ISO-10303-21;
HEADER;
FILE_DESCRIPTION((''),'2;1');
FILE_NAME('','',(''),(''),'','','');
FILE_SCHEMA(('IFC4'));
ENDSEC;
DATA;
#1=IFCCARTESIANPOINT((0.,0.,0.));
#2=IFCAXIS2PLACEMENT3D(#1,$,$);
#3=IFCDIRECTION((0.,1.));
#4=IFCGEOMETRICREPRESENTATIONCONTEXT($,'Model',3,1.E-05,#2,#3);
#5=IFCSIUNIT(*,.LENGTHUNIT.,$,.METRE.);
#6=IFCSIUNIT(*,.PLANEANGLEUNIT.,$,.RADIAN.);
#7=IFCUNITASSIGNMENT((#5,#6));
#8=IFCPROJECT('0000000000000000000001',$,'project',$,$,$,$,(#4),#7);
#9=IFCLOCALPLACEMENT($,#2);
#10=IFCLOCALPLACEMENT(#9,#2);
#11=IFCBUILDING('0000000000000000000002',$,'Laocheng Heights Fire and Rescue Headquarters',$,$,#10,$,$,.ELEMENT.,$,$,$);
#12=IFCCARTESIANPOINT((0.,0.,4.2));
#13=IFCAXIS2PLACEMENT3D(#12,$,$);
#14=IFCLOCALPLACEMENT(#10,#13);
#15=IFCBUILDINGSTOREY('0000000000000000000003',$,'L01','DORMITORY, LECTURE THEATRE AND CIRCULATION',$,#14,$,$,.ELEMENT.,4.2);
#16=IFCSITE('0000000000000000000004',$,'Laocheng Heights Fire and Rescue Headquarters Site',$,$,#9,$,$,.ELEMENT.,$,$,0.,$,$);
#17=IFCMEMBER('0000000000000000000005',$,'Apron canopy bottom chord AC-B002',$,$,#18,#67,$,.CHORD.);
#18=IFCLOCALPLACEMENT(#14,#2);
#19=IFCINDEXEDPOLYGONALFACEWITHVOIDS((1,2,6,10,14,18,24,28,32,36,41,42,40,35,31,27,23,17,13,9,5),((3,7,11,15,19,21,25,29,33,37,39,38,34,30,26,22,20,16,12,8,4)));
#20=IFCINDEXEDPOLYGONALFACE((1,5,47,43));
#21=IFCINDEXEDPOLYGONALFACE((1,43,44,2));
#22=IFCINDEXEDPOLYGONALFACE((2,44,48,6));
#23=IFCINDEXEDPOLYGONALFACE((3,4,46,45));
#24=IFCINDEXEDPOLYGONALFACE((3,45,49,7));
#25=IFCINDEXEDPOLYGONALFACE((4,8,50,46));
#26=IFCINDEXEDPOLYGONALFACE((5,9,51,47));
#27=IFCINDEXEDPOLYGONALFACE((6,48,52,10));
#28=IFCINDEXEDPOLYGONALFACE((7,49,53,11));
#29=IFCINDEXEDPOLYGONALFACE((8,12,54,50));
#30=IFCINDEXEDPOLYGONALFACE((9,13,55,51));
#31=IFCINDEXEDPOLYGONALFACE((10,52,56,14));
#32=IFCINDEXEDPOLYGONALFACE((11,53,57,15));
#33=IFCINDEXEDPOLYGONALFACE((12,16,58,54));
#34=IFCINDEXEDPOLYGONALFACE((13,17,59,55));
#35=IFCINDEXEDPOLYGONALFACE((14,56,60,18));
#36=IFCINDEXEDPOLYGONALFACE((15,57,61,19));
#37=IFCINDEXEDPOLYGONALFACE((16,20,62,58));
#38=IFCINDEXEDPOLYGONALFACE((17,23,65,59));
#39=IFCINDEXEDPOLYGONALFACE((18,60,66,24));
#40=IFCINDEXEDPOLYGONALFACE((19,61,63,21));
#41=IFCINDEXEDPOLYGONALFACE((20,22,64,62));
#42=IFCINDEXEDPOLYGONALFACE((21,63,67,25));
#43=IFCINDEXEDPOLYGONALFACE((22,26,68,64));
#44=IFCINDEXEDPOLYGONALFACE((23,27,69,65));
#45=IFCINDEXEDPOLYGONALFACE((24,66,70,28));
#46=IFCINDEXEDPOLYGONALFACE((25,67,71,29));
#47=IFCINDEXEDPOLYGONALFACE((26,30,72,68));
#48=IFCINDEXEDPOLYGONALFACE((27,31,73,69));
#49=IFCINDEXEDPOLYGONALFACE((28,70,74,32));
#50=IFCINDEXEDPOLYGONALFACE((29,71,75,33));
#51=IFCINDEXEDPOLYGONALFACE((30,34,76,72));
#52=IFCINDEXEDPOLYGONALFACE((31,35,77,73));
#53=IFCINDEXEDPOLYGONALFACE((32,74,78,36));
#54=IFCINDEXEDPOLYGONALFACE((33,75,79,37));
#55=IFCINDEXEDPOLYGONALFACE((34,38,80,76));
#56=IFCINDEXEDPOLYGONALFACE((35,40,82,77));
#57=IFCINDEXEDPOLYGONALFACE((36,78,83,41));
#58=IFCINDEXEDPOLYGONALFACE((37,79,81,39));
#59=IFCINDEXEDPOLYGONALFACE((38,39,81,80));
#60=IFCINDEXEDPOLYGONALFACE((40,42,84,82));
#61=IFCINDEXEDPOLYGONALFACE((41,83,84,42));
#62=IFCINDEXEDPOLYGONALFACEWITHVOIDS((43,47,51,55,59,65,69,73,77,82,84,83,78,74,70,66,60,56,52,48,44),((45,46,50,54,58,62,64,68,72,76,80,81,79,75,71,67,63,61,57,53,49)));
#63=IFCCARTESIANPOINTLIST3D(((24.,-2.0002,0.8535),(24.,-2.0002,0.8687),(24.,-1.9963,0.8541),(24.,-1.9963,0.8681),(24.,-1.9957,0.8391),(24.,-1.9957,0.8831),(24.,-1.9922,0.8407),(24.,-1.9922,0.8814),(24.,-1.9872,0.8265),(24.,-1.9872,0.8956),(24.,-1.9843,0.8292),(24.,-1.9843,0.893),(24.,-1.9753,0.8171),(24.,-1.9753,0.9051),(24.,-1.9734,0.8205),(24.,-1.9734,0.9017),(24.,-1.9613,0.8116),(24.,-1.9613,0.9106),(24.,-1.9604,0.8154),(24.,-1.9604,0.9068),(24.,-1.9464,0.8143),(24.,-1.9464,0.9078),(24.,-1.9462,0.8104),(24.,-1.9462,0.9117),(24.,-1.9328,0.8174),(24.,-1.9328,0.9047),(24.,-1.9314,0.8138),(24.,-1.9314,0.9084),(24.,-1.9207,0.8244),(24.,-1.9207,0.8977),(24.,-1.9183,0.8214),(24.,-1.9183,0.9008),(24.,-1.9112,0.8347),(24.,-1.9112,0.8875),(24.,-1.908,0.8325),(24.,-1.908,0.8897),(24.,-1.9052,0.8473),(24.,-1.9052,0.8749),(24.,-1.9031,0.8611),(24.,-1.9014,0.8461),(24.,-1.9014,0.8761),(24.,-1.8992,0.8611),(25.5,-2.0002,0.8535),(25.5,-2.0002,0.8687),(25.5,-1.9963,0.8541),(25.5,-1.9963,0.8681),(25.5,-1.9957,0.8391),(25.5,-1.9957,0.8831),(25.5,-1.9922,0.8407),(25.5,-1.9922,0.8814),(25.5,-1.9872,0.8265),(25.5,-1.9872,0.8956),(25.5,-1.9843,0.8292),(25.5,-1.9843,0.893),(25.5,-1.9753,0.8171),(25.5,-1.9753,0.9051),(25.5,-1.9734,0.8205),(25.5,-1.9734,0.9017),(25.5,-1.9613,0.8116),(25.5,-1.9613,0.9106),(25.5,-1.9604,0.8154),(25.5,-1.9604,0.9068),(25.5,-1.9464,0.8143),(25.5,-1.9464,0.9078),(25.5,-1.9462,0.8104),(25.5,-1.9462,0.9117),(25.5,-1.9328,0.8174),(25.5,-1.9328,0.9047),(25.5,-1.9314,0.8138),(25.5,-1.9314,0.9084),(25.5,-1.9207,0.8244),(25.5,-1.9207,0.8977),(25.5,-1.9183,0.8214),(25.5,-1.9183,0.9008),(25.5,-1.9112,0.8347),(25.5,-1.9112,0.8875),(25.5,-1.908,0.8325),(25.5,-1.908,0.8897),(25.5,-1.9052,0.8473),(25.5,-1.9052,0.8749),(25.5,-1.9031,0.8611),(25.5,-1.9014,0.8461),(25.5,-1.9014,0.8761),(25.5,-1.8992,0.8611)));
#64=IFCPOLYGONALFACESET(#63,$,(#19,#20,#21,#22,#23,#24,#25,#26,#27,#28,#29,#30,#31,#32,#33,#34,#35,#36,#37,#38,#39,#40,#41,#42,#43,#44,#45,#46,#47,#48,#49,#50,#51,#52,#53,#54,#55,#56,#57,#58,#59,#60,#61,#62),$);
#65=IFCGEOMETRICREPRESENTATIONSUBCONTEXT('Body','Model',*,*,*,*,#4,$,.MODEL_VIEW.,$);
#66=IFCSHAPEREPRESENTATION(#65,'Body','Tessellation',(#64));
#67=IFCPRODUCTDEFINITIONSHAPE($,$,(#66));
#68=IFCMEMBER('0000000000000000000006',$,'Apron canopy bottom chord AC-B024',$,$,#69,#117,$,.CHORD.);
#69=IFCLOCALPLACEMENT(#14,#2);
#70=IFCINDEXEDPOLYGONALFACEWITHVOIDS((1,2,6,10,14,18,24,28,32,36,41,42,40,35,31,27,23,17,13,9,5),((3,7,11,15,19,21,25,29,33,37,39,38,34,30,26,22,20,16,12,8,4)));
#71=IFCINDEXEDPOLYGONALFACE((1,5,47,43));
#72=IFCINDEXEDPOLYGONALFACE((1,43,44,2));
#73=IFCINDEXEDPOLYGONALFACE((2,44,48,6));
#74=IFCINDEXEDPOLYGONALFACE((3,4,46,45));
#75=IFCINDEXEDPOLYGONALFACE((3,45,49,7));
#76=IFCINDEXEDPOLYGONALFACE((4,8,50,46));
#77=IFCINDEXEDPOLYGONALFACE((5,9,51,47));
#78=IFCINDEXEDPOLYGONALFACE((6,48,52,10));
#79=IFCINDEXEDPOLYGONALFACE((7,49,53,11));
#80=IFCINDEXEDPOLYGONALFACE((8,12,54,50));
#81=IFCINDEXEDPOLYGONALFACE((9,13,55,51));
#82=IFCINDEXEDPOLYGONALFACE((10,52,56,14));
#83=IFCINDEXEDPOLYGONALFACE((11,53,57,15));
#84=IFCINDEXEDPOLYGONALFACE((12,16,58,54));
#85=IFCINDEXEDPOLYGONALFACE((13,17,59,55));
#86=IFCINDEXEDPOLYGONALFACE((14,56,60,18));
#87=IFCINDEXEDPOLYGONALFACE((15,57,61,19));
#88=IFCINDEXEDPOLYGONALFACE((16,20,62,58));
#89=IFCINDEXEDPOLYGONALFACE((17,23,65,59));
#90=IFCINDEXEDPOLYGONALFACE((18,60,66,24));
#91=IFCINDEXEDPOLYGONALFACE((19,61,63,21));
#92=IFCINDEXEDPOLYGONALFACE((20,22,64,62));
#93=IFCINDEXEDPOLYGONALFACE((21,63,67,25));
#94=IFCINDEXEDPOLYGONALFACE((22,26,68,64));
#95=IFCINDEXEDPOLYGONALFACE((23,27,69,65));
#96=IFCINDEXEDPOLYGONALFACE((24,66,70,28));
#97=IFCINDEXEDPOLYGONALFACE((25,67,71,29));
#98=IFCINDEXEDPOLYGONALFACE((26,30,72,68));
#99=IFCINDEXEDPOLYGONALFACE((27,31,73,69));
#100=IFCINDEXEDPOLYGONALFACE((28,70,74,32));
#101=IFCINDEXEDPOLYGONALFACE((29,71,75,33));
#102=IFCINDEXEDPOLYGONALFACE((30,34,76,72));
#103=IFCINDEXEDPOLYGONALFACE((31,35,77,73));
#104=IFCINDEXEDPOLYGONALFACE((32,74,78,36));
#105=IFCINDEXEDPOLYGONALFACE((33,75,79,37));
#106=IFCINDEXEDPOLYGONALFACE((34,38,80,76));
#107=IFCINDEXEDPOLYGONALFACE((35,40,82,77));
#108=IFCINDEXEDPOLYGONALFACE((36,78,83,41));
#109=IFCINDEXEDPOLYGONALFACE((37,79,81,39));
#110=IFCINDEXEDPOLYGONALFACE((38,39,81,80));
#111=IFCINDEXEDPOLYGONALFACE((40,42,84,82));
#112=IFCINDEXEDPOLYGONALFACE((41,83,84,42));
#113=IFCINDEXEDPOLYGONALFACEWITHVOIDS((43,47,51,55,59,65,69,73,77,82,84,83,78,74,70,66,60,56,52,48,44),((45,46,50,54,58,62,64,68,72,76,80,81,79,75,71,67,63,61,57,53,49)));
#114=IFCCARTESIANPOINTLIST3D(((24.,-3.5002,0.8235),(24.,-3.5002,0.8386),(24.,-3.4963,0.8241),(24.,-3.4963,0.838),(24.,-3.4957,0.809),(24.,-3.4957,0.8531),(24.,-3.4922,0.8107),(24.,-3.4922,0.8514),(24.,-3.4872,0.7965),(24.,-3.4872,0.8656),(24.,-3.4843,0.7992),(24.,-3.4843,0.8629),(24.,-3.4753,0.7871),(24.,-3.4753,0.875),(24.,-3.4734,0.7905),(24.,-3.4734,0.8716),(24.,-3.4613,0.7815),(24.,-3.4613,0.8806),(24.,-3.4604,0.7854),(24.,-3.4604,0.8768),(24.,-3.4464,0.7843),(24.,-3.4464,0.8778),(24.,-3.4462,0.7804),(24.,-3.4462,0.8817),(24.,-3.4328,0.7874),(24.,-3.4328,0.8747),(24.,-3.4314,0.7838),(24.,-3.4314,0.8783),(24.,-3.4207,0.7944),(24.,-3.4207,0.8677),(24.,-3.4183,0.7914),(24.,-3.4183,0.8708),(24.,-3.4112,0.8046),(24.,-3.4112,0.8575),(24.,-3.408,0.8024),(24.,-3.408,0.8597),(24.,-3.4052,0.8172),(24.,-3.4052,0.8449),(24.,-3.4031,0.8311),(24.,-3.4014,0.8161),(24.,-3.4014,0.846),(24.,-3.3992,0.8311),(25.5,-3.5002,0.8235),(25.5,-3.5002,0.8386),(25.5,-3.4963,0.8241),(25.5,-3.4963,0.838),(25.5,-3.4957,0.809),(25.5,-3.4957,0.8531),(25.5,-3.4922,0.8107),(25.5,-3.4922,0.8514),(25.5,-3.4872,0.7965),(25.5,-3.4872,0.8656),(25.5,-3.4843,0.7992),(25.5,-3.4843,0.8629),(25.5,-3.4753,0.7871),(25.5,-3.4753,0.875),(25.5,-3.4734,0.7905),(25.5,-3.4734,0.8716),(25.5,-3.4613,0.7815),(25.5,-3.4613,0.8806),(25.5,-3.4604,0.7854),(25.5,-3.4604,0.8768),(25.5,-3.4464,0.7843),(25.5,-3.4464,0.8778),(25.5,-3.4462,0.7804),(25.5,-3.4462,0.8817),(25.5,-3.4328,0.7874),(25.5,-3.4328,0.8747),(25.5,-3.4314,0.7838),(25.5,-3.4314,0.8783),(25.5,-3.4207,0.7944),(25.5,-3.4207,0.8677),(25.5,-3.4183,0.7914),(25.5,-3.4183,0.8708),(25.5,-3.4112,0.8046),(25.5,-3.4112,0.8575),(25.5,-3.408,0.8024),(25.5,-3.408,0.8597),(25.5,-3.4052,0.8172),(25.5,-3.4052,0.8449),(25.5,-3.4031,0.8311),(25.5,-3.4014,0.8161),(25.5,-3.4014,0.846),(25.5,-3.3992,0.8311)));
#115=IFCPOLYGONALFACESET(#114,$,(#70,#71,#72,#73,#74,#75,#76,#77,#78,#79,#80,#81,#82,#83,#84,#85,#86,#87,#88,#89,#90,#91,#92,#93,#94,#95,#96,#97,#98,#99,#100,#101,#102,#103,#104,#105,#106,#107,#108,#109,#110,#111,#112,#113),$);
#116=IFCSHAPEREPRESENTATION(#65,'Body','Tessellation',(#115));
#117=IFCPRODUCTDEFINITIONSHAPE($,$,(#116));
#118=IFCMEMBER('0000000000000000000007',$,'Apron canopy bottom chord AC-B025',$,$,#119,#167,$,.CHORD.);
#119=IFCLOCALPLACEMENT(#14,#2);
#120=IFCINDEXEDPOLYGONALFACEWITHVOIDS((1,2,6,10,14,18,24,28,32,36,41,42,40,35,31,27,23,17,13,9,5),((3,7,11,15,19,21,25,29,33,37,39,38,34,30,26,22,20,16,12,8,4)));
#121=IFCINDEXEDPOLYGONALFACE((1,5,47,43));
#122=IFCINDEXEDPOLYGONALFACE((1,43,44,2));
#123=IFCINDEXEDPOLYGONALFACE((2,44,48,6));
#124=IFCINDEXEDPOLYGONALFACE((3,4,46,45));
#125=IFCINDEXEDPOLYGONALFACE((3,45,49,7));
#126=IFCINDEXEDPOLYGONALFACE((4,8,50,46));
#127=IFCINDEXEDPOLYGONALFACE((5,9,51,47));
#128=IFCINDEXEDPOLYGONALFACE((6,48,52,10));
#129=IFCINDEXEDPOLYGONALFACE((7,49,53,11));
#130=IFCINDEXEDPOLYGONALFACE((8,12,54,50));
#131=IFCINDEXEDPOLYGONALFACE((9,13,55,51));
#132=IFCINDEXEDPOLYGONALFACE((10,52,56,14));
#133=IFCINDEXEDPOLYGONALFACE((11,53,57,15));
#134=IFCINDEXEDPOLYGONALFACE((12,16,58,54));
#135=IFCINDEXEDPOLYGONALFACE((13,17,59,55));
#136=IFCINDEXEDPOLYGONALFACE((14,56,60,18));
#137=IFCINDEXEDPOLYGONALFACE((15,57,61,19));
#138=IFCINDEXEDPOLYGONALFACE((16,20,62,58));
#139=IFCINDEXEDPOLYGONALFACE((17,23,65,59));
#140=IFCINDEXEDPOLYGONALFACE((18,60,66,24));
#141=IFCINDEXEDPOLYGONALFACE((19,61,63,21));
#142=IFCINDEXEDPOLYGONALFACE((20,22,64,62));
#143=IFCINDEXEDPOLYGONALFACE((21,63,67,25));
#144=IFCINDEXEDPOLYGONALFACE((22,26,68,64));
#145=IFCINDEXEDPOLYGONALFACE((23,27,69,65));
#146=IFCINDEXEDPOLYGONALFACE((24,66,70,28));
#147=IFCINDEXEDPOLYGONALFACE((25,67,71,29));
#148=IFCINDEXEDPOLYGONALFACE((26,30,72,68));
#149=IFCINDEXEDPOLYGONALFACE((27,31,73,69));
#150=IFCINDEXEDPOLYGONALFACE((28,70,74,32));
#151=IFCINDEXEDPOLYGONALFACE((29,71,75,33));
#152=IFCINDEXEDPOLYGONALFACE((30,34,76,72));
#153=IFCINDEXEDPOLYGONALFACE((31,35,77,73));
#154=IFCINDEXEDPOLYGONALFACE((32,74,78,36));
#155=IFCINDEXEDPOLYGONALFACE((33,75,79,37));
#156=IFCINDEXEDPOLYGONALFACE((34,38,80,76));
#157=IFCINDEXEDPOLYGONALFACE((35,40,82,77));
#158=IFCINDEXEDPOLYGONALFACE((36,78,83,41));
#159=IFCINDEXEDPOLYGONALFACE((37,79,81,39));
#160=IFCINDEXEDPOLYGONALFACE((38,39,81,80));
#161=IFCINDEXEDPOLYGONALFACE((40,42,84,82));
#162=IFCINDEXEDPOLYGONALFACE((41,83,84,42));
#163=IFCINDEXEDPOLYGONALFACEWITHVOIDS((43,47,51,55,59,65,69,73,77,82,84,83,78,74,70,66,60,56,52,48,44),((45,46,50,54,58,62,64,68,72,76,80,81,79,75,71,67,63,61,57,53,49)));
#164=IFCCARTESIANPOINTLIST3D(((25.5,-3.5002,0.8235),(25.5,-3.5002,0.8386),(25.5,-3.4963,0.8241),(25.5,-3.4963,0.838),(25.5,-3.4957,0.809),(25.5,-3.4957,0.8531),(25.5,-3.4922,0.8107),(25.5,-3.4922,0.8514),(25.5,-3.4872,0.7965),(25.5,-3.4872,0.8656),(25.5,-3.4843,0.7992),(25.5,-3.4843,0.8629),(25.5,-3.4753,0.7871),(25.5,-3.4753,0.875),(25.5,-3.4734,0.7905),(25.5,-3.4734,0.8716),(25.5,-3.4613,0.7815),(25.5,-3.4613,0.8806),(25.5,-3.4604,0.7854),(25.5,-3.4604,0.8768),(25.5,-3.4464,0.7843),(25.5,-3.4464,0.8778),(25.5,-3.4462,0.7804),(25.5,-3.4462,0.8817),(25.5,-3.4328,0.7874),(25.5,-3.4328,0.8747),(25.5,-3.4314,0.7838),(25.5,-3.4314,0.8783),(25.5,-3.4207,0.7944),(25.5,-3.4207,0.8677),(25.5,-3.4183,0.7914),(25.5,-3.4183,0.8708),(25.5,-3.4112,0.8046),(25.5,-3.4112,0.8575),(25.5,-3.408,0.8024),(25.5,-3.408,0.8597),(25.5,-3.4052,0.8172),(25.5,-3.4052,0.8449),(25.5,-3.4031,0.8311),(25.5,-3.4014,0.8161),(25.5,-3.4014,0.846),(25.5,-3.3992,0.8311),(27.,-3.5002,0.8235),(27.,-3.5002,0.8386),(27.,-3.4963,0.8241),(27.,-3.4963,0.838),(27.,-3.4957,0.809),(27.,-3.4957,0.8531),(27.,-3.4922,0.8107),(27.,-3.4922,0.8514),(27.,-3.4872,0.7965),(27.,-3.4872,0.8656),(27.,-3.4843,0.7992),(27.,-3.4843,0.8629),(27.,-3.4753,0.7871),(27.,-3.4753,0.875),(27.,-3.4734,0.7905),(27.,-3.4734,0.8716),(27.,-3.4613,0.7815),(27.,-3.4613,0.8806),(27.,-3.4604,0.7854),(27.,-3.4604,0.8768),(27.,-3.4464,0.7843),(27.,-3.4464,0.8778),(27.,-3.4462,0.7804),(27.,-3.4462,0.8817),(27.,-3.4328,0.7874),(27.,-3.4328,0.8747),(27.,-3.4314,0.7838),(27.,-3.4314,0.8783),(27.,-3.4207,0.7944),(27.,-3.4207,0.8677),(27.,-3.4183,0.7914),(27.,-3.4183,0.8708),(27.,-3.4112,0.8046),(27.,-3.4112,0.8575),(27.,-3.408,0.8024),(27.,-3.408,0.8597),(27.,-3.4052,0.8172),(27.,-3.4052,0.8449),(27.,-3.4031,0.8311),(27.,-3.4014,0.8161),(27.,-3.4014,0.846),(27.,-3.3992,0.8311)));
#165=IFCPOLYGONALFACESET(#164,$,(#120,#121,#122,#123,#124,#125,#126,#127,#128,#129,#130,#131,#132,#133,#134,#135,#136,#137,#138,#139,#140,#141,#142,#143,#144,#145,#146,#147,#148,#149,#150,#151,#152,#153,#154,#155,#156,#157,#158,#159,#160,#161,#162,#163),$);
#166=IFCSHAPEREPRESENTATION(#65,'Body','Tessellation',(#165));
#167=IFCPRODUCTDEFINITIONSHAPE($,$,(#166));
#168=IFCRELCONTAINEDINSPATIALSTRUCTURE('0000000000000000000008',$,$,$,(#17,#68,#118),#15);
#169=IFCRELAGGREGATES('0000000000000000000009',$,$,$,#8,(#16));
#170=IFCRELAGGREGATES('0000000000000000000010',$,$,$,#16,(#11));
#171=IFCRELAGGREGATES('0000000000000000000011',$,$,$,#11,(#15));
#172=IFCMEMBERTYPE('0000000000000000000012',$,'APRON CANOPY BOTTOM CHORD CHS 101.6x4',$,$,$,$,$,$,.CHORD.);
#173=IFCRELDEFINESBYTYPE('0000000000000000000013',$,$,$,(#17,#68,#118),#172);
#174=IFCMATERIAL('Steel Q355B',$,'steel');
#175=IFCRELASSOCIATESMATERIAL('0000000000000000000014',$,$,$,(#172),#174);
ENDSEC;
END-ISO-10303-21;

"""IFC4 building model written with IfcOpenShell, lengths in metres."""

from ifc_helpers import new_model, si_unit, direction, frame, origin, origin_2d, place, context, subcontext, project, spatial, hollow_circle, extrude, material, material_profile, profile_set, type_object, element, save


model = new_model("IFC4")

# Units and contexts
model_context = context("Model", 3, precision=1e-05, world=origin(), true_north=direction((0.0, 1.0)))
body_context = subcontext(model_context, "Body", "Model", "MODEL_VIEW")
ifc_project = project(units=[si_unit("LENGTHUNIT", "METRE"), si_unit("PLANEANGLEUNIT", "RADIAN")], contexts=[model_context])

# Site, building, storey
site_placement = place(None, origin())
site = spatial("IfcSite", under=ifc_project, at=site_placement, Name="Laocheng Heights Fire and Rescue Headquarters Site", CompositionType="ELEMENT", RefElevation=0.0)
building_placement = place(site_placement, origin())
building = spatial("IfcBuilding", under=site, at=building_placement, Name="Laocheng Heights Fire and Rescue Headquarters", CompositionType="ELEMENT")
storey_placement = place(building_placement, frame((0.0, 0.0, 4.2)))
storey = spatial("IfcBuildingStorey", under=building, at=storey_placement, Name="L01", Description="DORMITORY, LECTURE THEATRE AND CIRCULATION", CompositionType="ELEMENT", Elevation=4.2)

# Members
ifc_material_1 = material(Name="Steel Q355B", Category="steel")
ifc_material_profile_1 = material_profile(ifc_material_1, hollow_circle(Radius=0.0508, WallThickness=0.0039, at=origin_2d()), Name="CHS 101.6x4")
ifc_profile_set_1 = profile_set([ifc_material_profile_1], Name="Steel Q355B")
member_type_1 = type_object("IfcMemberType", Name="APRON CANOPY BOTTOM CHORD CHS 101.6x4", PredefinedType="CHORD", material=ifc_profile_set_1)
for number, where, z_axis, x_axis, name in (
    (1, (24.0, -1.95, 0.8611), (1.0, 0.0, 0.0), (0.0, 1.0, 0.0), "Apron canopy bottom chord AC-B002"),
    (2, (24.0, -3.45, 0.8311), (1.0, 0.0, 0.0), (0.0, 1.0, 0.0), "Apron canopy bottom chord AC-B024"),
    (3, (25.5, -3.45, 0.8311), (1.0, 0.0, 0.0), (0.0, 1.0, 0.0), "Apron canopy bottom chord AC-B025"),
):
    element("IfcMember", number, at=place(storey_placement, frame(where, z_axis=z_axis, x_axis=x_axis)), inside=storey, type_object=member_type_1, Name=name, PredefinedType="CHORD", context=body_context, shape_type="SweptSolid", body=[
        extrude(hollow_circle(Radius=0.0508, WallThickness=0.0039, at=origin_2d()), origin(), (0.0, 0.0, 1.0), 1.5),
    ])

save(model, "model.ifc")
